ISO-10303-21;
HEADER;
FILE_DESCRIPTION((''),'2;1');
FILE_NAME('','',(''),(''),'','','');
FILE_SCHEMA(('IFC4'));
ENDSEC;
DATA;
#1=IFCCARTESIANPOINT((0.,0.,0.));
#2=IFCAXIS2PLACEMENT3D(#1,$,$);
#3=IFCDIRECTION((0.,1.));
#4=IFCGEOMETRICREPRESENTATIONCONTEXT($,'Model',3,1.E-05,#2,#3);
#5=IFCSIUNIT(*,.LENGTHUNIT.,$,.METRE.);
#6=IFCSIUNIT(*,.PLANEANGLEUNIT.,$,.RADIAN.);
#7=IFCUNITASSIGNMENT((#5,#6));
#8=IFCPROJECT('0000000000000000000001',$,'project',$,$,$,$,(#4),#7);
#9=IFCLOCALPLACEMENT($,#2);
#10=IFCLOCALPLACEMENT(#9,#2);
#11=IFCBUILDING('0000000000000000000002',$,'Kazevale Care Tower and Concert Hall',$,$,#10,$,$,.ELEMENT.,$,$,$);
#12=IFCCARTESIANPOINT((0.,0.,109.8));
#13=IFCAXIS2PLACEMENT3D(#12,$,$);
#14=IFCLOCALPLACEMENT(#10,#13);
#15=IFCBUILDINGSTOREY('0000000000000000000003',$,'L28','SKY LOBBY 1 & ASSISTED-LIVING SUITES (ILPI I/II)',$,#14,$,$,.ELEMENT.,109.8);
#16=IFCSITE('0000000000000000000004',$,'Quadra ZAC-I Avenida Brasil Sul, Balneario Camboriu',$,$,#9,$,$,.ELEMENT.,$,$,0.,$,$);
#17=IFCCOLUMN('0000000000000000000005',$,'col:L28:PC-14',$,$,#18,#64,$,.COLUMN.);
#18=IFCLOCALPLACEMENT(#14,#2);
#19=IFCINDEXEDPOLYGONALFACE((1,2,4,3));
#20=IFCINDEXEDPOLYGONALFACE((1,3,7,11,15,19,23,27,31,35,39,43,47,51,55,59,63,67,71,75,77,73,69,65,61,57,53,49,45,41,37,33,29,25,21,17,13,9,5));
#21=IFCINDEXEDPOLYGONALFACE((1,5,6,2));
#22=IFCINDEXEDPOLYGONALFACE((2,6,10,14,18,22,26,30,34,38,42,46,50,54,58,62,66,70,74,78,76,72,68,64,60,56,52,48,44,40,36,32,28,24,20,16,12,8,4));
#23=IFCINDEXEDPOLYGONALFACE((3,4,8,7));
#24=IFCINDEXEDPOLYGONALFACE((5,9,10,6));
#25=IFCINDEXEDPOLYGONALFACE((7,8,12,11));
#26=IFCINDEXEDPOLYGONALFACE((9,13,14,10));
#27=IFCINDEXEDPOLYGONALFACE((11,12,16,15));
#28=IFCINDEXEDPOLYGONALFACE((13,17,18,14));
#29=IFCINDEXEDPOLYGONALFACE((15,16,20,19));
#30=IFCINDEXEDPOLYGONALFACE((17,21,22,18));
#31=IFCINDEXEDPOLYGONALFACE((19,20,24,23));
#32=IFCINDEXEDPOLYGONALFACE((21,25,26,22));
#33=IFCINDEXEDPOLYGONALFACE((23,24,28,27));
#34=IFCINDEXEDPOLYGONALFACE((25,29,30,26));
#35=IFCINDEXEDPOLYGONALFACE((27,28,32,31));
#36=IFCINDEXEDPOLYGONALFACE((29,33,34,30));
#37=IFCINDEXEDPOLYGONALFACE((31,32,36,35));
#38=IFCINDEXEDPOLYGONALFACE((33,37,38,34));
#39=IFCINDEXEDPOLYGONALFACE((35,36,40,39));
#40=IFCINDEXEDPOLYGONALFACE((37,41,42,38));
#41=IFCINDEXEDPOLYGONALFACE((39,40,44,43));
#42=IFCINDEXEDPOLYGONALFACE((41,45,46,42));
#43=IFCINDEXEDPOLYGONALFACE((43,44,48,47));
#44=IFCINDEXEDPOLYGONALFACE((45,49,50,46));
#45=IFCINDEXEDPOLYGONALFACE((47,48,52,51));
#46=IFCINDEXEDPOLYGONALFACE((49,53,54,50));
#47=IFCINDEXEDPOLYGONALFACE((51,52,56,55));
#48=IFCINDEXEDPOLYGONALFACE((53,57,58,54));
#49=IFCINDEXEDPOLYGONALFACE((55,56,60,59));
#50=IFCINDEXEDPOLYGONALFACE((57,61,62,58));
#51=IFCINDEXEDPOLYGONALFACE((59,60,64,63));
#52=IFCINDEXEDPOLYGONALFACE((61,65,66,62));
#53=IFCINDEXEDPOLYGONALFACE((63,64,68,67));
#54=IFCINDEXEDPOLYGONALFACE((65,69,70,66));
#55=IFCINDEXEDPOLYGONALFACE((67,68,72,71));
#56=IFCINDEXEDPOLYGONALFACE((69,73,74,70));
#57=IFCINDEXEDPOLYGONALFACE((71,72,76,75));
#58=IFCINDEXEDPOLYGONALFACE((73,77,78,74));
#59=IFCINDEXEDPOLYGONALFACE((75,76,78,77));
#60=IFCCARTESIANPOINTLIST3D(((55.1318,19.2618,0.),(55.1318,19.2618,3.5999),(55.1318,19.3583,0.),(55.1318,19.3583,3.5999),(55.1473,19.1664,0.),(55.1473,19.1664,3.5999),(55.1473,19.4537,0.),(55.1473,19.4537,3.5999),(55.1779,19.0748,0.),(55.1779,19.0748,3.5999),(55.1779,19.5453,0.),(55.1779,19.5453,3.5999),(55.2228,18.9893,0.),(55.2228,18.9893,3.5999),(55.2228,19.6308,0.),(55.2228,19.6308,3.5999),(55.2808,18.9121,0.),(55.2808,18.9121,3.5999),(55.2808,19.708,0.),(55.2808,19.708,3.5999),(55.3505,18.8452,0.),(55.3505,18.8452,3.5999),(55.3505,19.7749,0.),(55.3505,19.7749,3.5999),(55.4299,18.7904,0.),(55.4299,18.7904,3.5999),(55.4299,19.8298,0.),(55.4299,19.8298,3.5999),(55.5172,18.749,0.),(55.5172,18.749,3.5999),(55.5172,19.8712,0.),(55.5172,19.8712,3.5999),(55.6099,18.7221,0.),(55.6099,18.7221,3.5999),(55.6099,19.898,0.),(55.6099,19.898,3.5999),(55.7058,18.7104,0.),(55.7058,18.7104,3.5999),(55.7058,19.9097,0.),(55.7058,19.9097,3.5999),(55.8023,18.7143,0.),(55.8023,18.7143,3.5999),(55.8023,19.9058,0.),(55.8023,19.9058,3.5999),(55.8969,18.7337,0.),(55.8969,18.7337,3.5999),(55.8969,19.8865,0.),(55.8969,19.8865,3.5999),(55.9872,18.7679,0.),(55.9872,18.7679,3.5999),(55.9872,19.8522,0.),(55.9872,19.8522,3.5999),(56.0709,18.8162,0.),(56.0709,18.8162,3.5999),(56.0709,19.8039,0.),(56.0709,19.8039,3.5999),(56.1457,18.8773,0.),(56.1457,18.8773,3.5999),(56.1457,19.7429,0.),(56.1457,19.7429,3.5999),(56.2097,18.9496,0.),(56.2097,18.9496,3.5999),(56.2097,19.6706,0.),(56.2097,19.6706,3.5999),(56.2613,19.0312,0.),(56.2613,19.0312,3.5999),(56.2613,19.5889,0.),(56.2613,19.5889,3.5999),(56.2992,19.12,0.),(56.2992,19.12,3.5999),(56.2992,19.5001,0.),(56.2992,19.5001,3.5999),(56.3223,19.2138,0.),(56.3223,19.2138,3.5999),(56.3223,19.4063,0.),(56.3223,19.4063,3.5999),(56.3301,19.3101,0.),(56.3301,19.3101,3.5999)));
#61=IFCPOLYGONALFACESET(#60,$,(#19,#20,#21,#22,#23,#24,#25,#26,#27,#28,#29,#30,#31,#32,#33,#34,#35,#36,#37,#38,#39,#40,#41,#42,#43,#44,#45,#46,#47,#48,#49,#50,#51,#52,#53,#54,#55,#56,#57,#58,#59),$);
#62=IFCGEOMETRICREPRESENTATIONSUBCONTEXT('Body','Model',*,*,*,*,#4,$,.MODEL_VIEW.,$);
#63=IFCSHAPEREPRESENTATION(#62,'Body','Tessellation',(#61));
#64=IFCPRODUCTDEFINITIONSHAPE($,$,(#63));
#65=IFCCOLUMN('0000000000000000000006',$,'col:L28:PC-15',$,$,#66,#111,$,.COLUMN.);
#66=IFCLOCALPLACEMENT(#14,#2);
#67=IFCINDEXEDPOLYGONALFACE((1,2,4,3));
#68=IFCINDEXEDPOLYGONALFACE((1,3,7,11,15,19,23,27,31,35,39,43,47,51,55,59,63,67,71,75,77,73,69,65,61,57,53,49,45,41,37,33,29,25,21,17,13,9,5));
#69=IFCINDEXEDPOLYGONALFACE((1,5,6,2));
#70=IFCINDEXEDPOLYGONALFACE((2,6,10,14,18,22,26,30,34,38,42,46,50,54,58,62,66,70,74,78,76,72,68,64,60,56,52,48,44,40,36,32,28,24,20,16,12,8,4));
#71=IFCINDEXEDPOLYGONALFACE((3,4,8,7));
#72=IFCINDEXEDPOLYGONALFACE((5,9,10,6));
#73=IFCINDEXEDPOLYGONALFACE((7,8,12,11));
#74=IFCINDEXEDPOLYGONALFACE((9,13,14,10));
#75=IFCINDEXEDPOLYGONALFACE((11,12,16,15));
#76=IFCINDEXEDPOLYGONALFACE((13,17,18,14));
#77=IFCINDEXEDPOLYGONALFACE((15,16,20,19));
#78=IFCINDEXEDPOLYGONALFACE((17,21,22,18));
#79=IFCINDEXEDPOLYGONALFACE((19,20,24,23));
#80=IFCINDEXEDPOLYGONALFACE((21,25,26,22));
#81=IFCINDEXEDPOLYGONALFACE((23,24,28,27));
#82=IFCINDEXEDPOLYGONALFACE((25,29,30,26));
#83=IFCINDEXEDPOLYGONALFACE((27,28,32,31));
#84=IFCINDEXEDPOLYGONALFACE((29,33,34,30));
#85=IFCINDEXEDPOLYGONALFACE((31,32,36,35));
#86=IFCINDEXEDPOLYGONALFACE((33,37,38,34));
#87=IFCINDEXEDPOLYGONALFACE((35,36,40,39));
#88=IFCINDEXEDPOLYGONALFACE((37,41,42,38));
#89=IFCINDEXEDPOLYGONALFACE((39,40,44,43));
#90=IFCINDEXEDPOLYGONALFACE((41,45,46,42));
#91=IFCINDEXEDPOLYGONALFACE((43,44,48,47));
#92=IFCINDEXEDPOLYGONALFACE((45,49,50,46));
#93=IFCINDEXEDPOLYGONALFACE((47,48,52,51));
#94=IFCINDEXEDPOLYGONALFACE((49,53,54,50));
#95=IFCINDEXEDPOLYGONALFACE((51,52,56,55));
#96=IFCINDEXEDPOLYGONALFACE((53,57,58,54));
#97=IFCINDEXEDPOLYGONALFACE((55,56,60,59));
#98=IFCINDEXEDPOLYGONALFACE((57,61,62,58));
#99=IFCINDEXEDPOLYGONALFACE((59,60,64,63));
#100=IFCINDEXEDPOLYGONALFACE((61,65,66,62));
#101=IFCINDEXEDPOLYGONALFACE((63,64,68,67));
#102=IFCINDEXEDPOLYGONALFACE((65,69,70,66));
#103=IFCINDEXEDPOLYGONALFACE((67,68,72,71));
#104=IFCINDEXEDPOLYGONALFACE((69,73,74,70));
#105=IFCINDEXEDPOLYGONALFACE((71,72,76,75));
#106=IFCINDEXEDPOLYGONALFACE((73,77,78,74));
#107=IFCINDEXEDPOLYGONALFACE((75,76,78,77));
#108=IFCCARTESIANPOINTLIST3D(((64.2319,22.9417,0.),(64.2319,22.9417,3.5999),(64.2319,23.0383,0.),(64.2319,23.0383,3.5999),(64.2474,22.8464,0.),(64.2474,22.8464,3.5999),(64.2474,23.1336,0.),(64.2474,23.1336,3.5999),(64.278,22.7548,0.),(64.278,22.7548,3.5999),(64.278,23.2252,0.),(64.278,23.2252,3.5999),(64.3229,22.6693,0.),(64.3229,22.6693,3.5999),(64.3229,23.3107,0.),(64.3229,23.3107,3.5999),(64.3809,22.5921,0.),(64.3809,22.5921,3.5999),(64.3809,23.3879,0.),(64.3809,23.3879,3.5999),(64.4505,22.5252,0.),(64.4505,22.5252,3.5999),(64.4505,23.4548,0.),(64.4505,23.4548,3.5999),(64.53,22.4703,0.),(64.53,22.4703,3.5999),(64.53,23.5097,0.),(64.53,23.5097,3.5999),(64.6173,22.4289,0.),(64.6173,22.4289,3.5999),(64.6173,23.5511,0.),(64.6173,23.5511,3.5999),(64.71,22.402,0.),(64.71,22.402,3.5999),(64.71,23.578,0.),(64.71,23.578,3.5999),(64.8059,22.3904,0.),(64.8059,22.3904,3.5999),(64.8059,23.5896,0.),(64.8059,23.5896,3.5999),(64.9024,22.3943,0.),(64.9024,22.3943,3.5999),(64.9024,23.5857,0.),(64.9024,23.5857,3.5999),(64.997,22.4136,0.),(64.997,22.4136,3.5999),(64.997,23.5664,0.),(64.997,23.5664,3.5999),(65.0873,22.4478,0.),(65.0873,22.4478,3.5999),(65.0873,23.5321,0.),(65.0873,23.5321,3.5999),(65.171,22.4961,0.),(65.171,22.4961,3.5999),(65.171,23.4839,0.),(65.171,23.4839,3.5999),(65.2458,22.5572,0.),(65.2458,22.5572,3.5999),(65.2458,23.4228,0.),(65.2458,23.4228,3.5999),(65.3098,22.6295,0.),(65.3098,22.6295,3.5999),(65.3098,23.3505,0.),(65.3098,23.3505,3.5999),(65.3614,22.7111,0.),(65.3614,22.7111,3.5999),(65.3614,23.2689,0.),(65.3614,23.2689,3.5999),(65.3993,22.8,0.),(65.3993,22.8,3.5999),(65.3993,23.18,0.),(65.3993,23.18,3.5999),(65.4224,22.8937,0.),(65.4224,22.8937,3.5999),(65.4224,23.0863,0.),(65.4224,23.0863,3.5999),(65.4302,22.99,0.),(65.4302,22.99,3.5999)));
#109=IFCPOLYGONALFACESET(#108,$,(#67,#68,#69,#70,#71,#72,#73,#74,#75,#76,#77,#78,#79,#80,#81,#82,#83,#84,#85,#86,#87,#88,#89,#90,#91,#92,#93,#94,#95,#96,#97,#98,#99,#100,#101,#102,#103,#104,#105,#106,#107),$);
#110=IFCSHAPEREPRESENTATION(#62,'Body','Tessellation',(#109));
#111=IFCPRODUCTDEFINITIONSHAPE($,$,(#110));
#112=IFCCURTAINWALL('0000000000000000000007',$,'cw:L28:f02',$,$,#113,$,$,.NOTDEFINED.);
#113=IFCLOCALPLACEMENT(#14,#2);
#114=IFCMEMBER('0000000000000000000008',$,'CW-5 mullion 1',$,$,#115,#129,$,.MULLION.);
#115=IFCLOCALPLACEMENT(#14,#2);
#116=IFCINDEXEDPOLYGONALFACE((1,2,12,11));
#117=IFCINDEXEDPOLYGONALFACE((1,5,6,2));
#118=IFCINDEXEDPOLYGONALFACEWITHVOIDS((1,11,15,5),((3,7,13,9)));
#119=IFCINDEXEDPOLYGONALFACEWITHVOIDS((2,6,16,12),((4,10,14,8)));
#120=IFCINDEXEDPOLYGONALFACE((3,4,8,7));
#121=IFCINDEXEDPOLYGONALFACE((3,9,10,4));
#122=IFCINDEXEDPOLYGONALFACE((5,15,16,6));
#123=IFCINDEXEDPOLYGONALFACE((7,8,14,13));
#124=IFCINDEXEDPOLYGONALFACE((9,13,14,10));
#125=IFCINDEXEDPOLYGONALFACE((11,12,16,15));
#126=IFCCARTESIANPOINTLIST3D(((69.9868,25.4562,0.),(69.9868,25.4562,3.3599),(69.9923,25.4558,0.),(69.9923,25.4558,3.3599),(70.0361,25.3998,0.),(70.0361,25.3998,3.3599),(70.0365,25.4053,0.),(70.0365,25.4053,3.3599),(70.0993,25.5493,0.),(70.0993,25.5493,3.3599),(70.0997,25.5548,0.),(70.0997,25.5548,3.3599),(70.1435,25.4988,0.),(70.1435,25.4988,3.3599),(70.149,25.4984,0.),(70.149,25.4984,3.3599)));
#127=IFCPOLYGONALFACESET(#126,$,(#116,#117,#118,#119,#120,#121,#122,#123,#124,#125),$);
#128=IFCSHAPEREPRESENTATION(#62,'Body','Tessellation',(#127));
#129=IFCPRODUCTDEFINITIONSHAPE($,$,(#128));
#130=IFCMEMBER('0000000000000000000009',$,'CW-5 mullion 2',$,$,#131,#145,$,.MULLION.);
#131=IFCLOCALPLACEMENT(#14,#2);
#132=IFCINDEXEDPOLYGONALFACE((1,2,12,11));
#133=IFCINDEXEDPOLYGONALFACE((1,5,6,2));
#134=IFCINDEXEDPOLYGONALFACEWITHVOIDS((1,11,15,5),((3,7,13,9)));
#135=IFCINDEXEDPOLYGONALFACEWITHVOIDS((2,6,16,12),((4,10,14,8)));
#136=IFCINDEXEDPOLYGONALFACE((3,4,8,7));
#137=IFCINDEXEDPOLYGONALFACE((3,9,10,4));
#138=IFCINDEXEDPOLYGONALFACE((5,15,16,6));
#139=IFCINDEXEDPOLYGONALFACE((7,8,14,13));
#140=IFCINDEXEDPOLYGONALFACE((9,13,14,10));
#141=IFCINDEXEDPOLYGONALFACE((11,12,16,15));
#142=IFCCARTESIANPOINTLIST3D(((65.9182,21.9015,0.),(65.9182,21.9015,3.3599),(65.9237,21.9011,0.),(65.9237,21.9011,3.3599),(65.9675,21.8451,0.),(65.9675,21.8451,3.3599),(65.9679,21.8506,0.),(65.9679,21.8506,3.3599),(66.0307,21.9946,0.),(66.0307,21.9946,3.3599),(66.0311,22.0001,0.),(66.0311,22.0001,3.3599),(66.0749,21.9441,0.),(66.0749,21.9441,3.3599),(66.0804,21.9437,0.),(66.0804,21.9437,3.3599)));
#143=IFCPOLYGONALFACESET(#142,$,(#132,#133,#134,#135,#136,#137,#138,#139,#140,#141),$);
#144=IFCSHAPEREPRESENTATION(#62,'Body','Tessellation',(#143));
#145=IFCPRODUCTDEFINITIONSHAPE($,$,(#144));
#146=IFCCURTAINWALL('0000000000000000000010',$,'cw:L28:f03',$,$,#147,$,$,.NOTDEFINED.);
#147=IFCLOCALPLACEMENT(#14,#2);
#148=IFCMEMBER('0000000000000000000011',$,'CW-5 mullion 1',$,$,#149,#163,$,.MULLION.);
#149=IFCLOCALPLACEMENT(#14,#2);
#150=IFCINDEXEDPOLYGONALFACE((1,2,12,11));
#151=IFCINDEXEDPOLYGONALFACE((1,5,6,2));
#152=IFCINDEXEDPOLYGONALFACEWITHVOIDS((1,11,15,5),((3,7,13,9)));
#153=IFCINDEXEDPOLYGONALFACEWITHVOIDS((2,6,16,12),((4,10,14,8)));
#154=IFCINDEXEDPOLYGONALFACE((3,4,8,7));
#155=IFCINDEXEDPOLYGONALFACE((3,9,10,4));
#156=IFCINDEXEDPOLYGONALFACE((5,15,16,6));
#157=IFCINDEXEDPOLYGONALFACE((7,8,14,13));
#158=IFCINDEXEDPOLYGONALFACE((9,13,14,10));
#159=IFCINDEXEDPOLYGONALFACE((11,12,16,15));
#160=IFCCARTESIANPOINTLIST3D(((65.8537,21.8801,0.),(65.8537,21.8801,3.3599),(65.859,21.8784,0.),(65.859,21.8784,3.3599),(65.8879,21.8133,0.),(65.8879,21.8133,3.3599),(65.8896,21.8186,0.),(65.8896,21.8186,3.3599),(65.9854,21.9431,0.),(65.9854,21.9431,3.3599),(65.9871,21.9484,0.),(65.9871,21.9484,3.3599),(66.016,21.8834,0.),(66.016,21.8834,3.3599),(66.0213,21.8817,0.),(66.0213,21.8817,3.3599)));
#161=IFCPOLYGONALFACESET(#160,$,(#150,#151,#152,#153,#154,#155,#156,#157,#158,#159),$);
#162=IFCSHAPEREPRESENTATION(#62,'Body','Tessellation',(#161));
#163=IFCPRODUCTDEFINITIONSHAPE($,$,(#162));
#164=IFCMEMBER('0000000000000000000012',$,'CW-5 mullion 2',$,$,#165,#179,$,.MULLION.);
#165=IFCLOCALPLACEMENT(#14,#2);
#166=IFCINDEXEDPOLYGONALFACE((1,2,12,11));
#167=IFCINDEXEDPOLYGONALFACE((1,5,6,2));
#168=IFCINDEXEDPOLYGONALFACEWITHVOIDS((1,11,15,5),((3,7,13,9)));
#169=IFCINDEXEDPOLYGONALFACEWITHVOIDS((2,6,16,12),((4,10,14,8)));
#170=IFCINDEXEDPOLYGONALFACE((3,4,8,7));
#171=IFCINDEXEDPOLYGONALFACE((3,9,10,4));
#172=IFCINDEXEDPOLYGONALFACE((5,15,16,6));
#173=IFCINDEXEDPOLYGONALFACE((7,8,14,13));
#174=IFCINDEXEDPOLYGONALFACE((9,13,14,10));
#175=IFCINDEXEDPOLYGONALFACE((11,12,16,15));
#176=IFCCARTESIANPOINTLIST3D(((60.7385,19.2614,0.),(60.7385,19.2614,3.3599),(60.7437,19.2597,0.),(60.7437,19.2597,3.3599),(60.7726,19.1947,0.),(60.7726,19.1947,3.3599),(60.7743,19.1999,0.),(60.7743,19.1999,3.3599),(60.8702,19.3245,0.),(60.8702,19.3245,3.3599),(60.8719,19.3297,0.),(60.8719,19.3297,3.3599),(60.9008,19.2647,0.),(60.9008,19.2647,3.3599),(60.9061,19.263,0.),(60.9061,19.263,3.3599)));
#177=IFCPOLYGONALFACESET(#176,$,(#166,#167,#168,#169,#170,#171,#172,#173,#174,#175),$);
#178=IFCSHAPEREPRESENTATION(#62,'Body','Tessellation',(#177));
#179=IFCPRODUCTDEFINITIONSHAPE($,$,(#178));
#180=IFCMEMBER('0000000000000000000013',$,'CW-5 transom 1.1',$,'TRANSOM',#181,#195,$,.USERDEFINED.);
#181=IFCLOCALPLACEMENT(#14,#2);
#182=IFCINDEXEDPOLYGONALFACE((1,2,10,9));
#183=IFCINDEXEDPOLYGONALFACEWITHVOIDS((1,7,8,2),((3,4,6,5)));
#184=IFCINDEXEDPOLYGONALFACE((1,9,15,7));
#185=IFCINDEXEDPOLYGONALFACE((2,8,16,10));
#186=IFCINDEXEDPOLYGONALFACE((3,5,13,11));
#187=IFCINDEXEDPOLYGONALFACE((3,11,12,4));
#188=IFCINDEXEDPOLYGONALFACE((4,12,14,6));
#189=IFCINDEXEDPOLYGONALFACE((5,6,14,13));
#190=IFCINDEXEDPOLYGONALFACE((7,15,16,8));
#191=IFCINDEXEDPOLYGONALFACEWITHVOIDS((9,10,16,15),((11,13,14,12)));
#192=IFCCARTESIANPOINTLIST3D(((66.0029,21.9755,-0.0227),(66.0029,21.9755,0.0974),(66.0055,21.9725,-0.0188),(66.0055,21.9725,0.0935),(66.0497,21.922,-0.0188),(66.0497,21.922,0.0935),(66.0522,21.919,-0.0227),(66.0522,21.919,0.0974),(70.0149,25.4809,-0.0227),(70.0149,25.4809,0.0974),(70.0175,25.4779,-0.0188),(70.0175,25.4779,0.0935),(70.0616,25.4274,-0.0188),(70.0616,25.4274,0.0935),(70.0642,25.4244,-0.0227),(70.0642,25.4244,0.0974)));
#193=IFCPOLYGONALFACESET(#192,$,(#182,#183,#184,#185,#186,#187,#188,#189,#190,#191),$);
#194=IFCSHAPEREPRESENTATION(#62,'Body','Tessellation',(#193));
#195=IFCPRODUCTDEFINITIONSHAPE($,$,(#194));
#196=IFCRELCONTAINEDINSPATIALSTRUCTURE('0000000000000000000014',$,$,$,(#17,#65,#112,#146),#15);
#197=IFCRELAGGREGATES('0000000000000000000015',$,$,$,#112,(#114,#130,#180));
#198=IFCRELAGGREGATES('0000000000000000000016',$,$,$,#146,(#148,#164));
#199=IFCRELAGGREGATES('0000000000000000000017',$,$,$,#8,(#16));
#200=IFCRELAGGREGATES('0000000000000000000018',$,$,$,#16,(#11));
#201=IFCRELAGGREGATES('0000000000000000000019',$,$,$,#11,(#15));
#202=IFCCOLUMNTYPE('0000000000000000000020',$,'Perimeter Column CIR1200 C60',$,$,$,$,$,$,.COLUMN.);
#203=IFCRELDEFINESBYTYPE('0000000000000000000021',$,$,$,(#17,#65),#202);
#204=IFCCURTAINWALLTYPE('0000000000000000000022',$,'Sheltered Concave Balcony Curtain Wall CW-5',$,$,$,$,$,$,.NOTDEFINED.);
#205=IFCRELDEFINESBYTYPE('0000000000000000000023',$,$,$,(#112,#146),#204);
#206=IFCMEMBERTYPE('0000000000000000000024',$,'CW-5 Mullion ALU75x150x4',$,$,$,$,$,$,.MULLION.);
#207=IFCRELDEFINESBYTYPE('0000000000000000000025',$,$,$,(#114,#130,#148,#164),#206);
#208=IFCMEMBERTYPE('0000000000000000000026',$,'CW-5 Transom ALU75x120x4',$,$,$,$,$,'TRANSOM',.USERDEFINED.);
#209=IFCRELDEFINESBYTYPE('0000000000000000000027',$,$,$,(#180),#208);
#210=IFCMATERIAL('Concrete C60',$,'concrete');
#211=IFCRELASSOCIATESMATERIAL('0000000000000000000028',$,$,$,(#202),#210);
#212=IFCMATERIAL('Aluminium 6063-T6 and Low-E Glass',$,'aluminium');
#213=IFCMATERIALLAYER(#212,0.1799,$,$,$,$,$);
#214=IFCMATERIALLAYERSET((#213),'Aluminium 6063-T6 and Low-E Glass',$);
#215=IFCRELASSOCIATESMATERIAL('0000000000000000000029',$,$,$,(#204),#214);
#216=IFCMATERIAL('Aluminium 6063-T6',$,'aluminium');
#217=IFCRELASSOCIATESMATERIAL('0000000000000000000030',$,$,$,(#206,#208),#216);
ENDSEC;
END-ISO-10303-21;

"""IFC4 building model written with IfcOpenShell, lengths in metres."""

from ifc_helpers import new_model, si_unit, direction, frame, origin, origin_2d, place, context, subcontext, project, spatial, hollow_rectangle, circle, extrude, material, layer, layer_set, material_profile, profile_set, type_object, element, aggregate, save


model = new_model("IFC4")

# Units and contexts
model_context = context("Model", 3, precision=1e-05, world=origin(), true_north=direction((0.0, 1.0)))
body_context = subcontext(model_context, "Body", "Model", "MODEL_VIEW")
ifc_project = project(units=[si_unit("LENGTHUNIT", "METRE"), si_unit("PLANEANGLEUNIT", "RADIAN")], contexts=[model_context])

# Site, building, storey
site_placement = place(None, origin())
site = spatial("IfcSite", under=ifc_project, at=site_placement, Name="Quadra ZAC-I Avenida Brasil Sul, Balneario Camboriu", CompositionType="ELEMENT", RefElevation=0.0)
building_placement = place(site_placement, origin())
building = spatial("IfcBuilding", under=site, at=building_placement, Name="Kazevale Care Tower and Concert Hall", CompositionType="ELEMENT")
storey_placement = place(building_placement, frame((0.0, 0.0, 109.8)))
storey = spatial("IfcBuildingStorey", under=building, at=storey_placement, Name="L28", Description="SKY LOBBY 1 & ASSISTED-LIVING SUITES (ILPI I/II)", CompositionType="ELEMENT", Elevation=109.8)

# Columns
ifc_material_1 = material(Name="Concrete C60", Category="concrete")
ifc_material_profile_1 = material_profile(ifc_material_1, circle(Radius=0.6001, at=origin_2d()), Name="RC-CIR1200")
ifc_profile_set_1 = profile_set([ifc_material_profile_1], Name="Concrete C60")
column_type = type_object("IfcColumnType", Name="Perimeter Column CIR1200 C60", PredefinedType="COLUMN", material=ifc_profile_set_1)
for number, where, z_axis, x_axis, name in (
    (1, (55.73, 19.3101, 0.0), (0.0, 0.0, 1.0), (1.0, 0.0, 0.0), "col:L28:PC-14"),
    (2, (64.8301, 22.99, 0.0), (0.0, 0.0, 1.0), (1.0, 0.0, 0.0), "col:L28:PC-15"),
):
    element("IfcColumn", number, at=place(storey_placement, frame(where, z_axis=z_axis, x_axis=x_axis)), inside=storey, type_object=column_type, Name=name, PredefinedType="COLUMN", context=body_context, shape_type="SweptSolid", body=[
        extrude(circle(Radius=0.6001, at=origin_2d()), origin(), (0.0, 0.0, 1.0), 3.5999),
    ])

# Curtain walls, members
ifc_material_2 = material(Name="Aluminium 6063-T6 and Low-E Glass", Category="aluminium")
ifc_layer_1 = layer(ifc_material_2, 0.1799)
ifc_layer_set_1 = layer_set([ifc_layer_1], Name="Aluminium 6063-T6 and Low-E Glass")
curtain_wall_type = type_object("IfcCurtainWallType", Name="Sheltered Concave Balcony Curtain Wall CW-5", PredefinedType="NOTDEFINED", material=ifc_layer_set_1)
curtain_wall_1_placement = place(storey_placement, origin())
curtain_wall_1 = element("IfcCurtainWall", 3, at=curtain_wall_1_placement, inside=storey, type_object=curtain_wall_type, Name="cw:L28:f02", PredefinedType="NOTDEFINED")
ifc_material_3 = material(Name="Aluminium 6063-T6", Category="aluminium")
ifc_material_profile_2 = material_profile(ifc_material_3, hollow_rectangle(XDim=0.075, YDim=0.1499, WallThickness=0.0039, at=origin_2d()), Name="ALU75x150x4")
ifc_profile_set_2 = profile_set([ifc_material_profile_2], Name="Aluminium 6063-T6")
member_type_1 = type_object("IfcMemberType", Name="CW-5 Mullion ALU75x150x4", PredefinedType="MULLION", material=ifc_profile_set_2)
member_1_placement = place(storey_placement, frame((70.0679, 25.4773, 0.0), z_axis=(0.0, 0.0, 1.0), x_axis=(0.657949, -0.753063, 0.0)))
member_1 = element("IfcMember", 4, at=member_1_placement, type_object=member_type_1, Name="CW-5 mullion 1", PredefinedType="MULLION", context=body_context, shape_type="SweptSolid", body=[
    extrude(hollow_rectangle(XDim=0.075, YDim=0.1499, WallThickness=0.0039, at=origin_2d()), origin(), (0.0, 0.0, 1.0), 3.3599),
])
member_2_placement = place(storey_placement, frame((65.9993, 21.9226, 0.0), z_axis=(0.0, 0.0, 1.0), x_axis=(0.657949, -0.753063, 0.0)))
member_2 = element("IfcMember", 5, at=member_2_placement, type_object=member_type_1, Name="CW-5 mullion 2", PredefinedType="MULLION", context=body_context, shape_type="SweptSolid", body=[
    extrude(hollow_rectangle(XDim=0.075, YDim=0.1499, WallThickness=0.0039, at=origin_2d()), origin(), (0.0, 0.0, 1.0), 3.3599),
])
curtain_wall_2_placement = place(storey_placement, origin())
curtain_wall_2 = element("IfcCurtainWall", 6, at=curtain_wall_2_placement, inside=storey, type_object=curtain_wall_type, Name="cw:L28:f03", PredefinedType="NOTDEFINED")
member_3_placement = place(storey_placement, frame((65.9375, 21.8809, 0.0), z_axis=(0.0, 0.0, 1.0), x_axis=(0.455713, -0.890127, 0.0)))
member_3 = element("IfcMember", 7, at=member_3_placement, type_object=member_type_1, Name="CW-5 mullion 1", PredefinedType="MULLION", context=body_context, shape_type="SweptSolid", body=[
    extrude(hollow_rectangle(XDim=0.075, YDim=0.1499, WallThickness=0.0039, at=origin_2d()), origin(), (0.0, 0.0, 1.0), 3.3599),
])
member_4_placement = place(storey_placement, frame((60.8223, 19.2622, 0.0), z_axis=(0.0, 0.0, 1.0), x_axis=(0.455713, -0.890127, 0.0)))
member_4 = element("IfcMember", 8, at=member_4_placement, type_object=member_type_1, Name="CW-5 mullion 2", PredefinedType="MULLION", context=body_context, shape_type="SweptSolid", body=[
    extrude(hollow_rectangle(XDim=0.075, YDim=0.1499, WallThickness=0.0039, at=origin_2d()), origin(), (0.0, 0.0, 1.0), 3.3599),
])

# Member
ifc_material_profile_3 = material_profile(ifc_material_3, hollow_rectangle(XDim=0.075, YDim=0.1201, WallThickness=0.0039, at=origin_2d()), Name="ALU75x120x4")
ifc_profile_set_3 = profile_set([ifc_material_profile_3], Name="Aluminium 6063-T6")
member_type_2 = type_object("IfcMemberType", Name="CW-5 Transom ALU75x120x4", ElementType="TRANSOM", PredefinedType="USERDEFINED", material=ifc_profile_set_3)
member_5_placement = place(storey_placement, frame((70.0396, 25.4526, 0.0374), z_axis=(-0.753051, -0.657963, 0.0), x_axis=(0.657963, -0.753051, 0.0)))
member_5 = element("IfcMember", 9, at=member_5_placement, type_object=member_type_2, Name="CW-5 transom 1.1", ObjectType="TRANSOM", PredefinedType="USERDEFINED", context=body_context, shape_type="SweptSolid", body=[
    extrude(hollow_rectangle(XDim=0.075, YDim=0.1201, WallThickness=0.0039, at=origin_2d()), origin(), (0.0, 0.0, 1.0), 5.3276),
])

aggregate(curtain_wall_1, [member_1, member_2, member_5])
aggregate(curtain_wall_2, [member_3, member_4])

save(model, "model.ifc")
